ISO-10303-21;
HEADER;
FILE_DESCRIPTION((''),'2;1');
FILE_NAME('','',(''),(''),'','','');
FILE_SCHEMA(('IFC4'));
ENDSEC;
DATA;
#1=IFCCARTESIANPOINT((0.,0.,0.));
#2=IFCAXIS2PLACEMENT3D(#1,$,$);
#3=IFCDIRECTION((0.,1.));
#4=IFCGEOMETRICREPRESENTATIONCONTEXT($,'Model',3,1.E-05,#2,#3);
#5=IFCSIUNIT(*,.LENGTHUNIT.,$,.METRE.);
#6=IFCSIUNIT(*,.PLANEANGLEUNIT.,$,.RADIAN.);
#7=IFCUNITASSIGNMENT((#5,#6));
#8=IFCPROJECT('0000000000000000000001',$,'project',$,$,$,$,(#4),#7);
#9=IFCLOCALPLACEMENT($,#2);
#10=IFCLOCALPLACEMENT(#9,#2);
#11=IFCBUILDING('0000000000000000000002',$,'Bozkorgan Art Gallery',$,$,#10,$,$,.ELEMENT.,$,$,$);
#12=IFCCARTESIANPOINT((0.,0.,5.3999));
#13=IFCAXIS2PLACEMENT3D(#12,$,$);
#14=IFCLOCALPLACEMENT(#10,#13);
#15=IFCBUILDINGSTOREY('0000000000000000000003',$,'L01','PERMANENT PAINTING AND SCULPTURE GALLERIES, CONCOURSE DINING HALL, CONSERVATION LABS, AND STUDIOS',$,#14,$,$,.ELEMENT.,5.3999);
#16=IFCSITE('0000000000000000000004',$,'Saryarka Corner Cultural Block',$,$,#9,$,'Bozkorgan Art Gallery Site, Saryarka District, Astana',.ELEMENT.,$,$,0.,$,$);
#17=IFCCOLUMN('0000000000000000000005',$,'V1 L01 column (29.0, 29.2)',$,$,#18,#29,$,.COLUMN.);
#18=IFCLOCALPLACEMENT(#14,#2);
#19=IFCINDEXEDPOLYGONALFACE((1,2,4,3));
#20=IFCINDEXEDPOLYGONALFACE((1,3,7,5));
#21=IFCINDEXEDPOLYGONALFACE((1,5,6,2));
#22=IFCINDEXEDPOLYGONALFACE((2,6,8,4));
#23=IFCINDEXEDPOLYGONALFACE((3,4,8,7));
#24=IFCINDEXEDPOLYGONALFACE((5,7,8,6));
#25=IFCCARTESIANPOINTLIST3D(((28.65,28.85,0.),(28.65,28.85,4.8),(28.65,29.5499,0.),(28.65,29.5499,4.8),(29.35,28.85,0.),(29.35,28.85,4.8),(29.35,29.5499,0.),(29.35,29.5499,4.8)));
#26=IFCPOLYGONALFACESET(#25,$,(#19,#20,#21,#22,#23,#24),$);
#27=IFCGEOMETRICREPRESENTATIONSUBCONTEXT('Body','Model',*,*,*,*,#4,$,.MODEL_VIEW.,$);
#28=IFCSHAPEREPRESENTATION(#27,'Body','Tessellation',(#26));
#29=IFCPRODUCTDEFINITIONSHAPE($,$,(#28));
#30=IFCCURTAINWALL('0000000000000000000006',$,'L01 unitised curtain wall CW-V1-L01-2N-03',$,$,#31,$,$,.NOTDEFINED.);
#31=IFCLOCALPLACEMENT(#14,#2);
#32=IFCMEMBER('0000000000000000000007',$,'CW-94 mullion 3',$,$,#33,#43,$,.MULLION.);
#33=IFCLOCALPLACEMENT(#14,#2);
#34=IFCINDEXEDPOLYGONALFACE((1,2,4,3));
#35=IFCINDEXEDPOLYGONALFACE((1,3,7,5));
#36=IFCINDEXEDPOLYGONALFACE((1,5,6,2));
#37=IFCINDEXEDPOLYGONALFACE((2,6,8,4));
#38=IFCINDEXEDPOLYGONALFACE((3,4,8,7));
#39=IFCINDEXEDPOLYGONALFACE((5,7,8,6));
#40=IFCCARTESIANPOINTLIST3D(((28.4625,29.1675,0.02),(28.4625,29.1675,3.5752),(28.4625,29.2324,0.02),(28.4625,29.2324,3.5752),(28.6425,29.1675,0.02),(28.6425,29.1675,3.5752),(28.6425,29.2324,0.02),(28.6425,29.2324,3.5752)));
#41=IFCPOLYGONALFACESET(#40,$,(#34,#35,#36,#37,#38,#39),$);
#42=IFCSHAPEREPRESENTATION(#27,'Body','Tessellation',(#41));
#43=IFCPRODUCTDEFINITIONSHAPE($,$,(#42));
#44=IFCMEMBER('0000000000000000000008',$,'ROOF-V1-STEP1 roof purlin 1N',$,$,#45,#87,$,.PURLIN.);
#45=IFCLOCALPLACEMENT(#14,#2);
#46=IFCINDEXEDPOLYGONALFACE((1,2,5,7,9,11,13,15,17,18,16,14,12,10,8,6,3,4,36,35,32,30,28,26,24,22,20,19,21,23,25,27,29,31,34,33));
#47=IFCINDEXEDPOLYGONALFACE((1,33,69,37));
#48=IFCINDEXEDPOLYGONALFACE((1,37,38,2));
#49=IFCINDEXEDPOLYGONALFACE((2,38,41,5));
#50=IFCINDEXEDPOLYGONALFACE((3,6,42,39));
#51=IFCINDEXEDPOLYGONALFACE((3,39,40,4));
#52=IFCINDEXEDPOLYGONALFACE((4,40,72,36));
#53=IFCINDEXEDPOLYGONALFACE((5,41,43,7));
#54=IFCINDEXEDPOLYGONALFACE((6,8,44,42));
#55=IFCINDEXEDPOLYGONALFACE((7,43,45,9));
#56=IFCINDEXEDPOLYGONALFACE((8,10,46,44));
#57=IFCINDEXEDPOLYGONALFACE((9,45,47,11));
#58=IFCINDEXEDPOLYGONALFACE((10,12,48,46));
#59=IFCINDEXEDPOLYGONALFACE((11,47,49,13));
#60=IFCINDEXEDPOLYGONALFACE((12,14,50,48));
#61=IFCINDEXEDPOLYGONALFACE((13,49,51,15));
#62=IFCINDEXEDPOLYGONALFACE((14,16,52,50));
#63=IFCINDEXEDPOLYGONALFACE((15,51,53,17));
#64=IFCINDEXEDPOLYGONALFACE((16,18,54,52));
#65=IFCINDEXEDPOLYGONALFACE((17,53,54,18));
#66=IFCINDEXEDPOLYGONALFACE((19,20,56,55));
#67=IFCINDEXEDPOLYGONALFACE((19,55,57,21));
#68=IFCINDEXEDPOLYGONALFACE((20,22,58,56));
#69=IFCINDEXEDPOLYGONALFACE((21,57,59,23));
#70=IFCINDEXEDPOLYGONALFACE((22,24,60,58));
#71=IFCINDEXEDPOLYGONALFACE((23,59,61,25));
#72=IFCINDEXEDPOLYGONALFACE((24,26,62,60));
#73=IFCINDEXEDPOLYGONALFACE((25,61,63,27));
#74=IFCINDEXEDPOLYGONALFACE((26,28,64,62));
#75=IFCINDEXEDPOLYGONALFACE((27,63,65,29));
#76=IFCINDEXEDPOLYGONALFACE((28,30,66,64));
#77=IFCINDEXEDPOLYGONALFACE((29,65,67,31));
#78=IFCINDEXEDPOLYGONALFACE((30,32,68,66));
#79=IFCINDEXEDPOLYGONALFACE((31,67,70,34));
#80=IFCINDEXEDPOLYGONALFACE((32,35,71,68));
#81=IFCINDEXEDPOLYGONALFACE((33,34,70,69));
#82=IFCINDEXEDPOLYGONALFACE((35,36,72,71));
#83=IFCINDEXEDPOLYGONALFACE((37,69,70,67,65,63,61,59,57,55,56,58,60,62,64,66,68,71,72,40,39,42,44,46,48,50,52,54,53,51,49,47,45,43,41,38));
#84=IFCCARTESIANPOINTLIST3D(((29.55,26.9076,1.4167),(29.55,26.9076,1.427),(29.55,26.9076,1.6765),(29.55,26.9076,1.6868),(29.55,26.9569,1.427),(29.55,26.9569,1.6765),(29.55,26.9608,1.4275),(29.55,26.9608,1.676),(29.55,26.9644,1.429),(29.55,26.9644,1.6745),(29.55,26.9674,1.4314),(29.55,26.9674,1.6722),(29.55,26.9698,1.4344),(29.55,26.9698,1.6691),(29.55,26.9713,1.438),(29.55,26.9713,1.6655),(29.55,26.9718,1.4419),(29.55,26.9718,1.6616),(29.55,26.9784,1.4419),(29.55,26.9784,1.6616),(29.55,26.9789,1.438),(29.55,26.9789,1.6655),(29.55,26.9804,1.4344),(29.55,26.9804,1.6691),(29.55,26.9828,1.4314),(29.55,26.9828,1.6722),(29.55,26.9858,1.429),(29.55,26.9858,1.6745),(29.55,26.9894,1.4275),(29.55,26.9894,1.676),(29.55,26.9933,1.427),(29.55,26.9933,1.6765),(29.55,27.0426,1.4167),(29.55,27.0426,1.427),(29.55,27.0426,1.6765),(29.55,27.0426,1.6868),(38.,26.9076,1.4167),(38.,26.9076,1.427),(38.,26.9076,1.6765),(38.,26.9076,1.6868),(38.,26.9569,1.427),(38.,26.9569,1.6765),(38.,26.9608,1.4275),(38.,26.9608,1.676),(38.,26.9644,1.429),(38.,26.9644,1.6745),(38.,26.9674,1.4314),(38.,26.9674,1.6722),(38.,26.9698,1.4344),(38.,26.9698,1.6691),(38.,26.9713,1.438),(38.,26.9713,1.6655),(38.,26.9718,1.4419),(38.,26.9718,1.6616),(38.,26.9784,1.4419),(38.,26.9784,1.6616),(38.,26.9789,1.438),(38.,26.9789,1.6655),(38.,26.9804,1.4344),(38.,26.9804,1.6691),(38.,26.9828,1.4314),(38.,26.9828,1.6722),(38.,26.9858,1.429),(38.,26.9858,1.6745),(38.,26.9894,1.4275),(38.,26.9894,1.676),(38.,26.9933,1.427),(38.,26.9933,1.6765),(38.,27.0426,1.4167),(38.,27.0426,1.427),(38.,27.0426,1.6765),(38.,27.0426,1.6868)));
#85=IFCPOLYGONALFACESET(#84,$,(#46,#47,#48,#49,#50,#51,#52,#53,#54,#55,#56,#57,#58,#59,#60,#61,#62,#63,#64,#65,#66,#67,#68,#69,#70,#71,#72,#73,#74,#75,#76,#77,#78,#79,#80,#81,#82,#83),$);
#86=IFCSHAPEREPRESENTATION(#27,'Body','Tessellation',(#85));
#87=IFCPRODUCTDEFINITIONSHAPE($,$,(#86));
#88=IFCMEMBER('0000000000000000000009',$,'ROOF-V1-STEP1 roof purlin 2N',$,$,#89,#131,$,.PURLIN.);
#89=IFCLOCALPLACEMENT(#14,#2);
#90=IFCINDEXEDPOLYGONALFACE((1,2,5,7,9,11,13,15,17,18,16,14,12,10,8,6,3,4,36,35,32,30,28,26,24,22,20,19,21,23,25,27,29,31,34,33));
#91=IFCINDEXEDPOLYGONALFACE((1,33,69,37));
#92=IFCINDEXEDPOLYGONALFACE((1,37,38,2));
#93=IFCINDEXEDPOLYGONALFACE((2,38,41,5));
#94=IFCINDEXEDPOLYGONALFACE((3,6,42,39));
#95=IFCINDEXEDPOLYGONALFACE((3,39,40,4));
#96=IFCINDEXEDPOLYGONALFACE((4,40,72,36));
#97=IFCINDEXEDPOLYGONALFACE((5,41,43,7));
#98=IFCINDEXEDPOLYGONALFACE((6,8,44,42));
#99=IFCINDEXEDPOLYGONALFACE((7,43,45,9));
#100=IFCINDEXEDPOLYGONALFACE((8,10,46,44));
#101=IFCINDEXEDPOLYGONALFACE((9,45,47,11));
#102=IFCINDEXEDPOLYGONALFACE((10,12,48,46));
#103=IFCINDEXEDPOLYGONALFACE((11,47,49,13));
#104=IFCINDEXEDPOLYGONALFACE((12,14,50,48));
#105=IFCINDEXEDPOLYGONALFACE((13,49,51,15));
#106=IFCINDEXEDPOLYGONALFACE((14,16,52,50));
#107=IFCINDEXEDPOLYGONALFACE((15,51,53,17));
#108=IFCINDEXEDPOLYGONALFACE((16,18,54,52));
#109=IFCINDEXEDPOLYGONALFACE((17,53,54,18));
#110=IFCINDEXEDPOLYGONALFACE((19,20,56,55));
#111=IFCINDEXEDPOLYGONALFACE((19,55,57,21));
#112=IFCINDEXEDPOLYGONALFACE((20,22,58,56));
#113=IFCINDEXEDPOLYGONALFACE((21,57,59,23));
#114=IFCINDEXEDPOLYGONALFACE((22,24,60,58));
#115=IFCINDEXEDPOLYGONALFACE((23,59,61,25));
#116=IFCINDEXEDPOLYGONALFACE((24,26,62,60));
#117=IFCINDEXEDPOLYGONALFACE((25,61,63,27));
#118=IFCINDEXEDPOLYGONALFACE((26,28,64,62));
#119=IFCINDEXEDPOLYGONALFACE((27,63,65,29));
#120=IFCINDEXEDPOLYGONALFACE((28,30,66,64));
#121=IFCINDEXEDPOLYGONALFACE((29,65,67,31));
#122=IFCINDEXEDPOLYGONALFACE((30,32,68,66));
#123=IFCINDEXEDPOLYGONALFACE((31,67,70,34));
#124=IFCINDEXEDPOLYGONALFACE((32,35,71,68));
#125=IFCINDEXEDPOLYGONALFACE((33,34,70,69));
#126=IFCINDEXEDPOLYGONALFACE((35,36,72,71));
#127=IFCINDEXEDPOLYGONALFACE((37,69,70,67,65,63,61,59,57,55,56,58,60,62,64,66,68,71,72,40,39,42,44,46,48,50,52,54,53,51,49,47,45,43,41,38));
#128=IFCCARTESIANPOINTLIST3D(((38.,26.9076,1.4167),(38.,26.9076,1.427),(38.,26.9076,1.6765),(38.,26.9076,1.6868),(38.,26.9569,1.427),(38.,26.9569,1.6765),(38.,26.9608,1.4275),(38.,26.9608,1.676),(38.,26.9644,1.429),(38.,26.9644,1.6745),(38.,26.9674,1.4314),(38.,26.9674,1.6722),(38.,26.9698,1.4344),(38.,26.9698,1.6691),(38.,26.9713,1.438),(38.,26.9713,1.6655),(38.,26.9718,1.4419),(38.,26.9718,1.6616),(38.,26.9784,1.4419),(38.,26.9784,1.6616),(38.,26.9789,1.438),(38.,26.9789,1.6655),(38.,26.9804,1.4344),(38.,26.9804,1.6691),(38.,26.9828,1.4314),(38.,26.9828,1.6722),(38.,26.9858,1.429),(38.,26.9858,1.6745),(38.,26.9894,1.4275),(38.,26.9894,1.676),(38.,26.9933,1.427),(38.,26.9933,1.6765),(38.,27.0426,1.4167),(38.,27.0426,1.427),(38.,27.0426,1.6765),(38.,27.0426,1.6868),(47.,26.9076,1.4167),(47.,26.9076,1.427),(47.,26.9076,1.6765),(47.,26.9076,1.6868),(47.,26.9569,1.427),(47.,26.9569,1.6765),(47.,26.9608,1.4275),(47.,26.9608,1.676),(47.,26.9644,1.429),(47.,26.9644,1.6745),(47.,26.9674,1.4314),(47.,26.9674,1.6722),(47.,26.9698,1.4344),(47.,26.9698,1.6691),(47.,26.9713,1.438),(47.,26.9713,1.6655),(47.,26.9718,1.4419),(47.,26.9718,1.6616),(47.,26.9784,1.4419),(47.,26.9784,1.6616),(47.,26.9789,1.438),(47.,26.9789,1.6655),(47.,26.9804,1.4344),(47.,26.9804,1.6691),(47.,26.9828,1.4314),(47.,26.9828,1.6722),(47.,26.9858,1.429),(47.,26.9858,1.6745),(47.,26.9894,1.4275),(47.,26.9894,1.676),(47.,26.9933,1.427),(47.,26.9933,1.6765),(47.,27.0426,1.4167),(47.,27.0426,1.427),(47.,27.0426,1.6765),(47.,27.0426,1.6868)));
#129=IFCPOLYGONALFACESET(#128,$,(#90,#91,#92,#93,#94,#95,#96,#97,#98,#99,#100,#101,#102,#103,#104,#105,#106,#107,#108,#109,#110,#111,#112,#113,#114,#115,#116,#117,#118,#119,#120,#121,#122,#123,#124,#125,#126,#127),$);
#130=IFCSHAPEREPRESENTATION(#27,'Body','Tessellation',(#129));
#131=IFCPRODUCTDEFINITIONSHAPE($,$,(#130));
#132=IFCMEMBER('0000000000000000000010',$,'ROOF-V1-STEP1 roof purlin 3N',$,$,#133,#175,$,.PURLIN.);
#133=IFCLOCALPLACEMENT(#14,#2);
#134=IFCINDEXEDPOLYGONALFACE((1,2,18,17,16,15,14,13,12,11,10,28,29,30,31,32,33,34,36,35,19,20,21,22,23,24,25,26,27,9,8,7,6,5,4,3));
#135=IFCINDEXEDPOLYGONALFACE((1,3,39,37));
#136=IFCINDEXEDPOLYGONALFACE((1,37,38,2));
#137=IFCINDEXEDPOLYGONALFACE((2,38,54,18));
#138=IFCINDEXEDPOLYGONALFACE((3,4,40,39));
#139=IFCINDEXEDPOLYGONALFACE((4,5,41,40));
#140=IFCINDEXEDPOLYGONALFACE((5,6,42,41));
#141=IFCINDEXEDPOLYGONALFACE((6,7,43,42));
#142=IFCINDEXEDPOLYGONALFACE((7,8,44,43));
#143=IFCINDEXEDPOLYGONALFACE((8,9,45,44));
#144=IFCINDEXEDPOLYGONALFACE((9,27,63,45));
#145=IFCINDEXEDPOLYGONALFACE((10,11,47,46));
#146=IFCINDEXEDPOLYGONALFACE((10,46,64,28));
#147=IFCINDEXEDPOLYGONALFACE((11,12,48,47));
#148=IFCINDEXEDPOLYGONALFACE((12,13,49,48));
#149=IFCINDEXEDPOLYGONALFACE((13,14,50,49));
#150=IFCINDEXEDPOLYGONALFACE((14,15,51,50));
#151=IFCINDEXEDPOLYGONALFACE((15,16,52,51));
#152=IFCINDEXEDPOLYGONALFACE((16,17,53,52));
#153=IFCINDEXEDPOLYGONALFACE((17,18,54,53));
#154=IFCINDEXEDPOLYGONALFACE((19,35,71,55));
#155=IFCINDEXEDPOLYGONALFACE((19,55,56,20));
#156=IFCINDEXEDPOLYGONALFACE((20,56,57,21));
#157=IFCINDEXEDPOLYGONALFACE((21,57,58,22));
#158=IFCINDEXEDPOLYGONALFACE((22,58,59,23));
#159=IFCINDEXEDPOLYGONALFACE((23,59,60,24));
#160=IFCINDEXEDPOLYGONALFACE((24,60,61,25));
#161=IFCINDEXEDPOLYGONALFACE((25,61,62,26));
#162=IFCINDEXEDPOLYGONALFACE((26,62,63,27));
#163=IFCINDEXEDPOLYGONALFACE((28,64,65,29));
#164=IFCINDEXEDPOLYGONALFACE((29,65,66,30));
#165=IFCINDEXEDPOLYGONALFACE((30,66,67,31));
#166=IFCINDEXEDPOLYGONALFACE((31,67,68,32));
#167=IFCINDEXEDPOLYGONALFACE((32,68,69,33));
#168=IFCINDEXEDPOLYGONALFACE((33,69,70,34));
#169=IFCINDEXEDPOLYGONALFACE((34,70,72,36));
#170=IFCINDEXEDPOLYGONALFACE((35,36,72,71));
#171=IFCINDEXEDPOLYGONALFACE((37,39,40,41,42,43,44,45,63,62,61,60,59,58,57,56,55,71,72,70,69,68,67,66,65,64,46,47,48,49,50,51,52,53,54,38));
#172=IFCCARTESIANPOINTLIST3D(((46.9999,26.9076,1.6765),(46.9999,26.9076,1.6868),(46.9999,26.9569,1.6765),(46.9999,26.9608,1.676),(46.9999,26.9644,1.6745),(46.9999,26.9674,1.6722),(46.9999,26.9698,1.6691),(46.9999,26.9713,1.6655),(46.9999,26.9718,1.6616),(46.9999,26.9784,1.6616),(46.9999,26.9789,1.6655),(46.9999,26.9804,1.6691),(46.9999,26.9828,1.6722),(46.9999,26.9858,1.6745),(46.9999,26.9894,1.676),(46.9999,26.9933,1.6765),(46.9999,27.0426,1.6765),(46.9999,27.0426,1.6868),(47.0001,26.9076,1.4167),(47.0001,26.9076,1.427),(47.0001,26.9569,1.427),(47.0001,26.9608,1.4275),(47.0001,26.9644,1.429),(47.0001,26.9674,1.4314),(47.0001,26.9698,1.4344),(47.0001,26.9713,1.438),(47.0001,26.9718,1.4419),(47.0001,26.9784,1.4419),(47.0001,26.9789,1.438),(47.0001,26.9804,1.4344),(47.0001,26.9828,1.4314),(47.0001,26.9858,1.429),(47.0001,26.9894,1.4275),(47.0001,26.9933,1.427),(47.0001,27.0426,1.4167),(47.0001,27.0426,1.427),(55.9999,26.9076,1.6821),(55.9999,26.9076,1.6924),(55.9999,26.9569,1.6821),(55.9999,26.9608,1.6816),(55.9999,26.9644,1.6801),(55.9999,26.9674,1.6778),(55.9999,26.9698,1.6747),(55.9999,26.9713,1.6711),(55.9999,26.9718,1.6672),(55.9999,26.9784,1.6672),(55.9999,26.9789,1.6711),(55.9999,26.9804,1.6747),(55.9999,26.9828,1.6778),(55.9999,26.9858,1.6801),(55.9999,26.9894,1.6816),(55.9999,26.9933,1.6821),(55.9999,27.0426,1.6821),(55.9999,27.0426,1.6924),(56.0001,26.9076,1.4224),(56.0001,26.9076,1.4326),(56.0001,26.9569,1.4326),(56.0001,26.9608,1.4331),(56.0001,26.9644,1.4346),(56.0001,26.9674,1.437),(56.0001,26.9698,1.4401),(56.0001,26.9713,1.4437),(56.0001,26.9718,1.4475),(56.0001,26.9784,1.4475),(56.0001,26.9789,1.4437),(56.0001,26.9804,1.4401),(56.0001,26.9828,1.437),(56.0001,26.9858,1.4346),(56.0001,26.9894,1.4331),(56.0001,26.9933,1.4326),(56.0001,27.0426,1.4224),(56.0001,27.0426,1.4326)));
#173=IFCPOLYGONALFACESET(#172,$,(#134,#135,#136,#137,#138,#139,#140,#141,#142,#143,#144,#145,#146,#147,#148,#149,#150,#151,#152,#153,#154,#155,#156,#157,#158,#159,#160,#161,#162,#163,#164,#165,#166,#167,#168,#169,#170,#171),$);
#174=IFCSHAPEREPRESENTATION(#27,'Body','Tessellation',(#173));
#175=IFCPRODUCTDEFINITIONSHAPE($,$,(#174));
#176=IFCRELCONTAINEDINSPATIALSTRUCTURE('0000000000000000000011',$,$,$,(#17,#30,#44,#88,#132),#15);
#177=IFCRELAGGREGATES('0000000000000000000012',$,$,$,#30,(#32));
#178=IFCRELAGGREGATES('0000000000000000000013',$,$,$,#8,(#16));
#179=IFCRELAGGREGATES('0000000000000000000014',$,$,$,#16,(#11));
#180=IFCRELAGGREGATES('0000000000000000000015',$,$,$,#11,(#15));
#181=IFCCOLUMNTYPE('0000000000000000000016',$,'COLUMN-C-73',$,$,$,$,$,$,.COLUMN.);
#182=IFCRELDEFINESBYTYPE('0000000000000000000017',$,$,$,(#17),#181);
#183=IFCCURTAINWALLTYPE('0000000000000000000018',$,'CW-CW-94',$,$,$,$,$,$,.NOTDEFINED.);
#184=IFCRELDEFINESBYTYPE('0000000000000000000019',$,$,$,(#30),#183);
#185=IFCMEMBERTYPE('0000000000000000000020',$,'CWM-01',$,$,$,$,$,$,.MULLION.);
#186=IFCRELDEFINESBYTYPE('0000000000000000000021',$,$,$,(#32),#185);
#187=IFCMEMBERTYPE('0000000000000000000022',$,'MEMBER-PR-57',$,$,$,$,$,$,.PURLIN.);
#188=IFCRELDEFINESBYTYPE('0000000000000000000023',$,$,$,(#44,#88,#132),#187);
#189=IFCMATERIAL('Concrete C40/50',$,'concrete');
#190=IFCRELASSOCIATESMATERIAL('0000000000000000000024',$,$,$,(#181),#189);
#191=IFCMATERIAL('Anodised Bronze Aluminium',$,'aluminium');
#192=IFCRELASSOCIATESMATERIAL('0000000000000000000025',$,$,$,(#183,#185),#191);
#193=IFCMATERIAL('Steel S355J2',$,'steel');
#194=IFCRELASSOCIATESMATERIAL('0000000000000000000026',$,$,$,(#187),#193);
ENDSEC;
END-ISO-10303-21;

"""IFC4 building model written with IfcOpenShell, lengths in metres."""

from ifc_helpers import new_model, si_unit, direction, frame, origin, origin_2d, place, context, subcontext, project, spatial, rectangle, i_section, extrude, material, material_profile, profile_set, type_object, element, aggregate, save


model = new_model("IFC4")

# Units and contexts
model_context = context("Model", 3, precision=1e-05, world=origin(), true_north=direction((0.0, 1.0)))
body_context = subcontext(model_context, "Body", "Model", "MODEL_VIEW")
ifc_project = project(units=[si_unit("LENGTHUNIT", "METRE"), si_unit("PLANEANGLEUNIT", "RADIAN")], contexts=[model_context])

# Site, building, storey
site_placement = place(None, origin())
site = spatial("IfcSite", under=ifc_project, at=site_placement, Name="Saryarka Corner Cultural Block", LongName="Bozkorgan Art Gallery Site, Saryarka District, Astana", CompositionType="ELEMENT", RefElevation=0.0)
building_placement = place(site_placement, origin())
building = spatial("IfcBuilding", under=site, at=building_placement, Name="Bozkorgan Art Gallery", CompositionType="ELEMENT")
storey_placement = place(building_placement, frame((0.0, 0.0, 5.3999)))
storey = spatial("IfcBuildingStorey", under=building, at=storey_placement, Name="L01", Description="PERMANENT PAINTING AND SCULPTURE GALLERIES, CONCOURSE DINING HALL, CONSERVATION LABS, AND STUDIOS", CompositionType="ELEMENT", Elevation=5.3999)

# Column
ifc_material_1 = material(Name="Concrete C40/50", Category="concrete")
ifc_material_profile_1 = material_profile(ifc_material_1, rectangle(XDim=0.7, YDim=0.7, at=origin_2d()), Name="RC 700x700")
ifc_profile_set_1 = profile_set([ifc_material_profile_1], Name="Concrete C40/50")
column_type = type_object("IfcColumnType", Name="COLUMN-C-73", PredefinedType="COLUMN", material=ifc_profile_set_1)
column_placement = place(storey_placement, frame((29.0, 29.2, 0.0), z_axis=(0.0, 0.0, 1.0), x_axis=(1.0, 0.0, 0.0)))
element("IfcColumn", 1, at=column_placement, inside=storey, type_object=column_type, Name="V1 L01 column (29.0, 29.2)", PredefinedType="COLUMN", context=body_context, shape_type="SweptSolid", body=[
    extrude(rectangle(XDim=0.7, YDim=0.7, at=origin_2d()), origin(), (0.0, 0.0, 1.0), 4.8),
])

# Curtain wall, member
ifc_material_2 = material(Name="Anodised Bronze Aluminium", Category="aluminium")
curtain_wall_type = type_object("IfcCurtainWallType", Name="CW-CW-94", PredefinedType="NOTDEFINED", material=ifc_material_2)
curtain_wall_placement = place(storey_placement, origin())
curtain_wall = element("IfcCurtainWall", 2, at=curtain_wall_placement, inside=storey, type_object=curtain_wall_type, Name="L01 unitised curtain wall CW-V1-L01-2N-03", PredefinedType="NOTDEFINED")
ifc_material_profile_2 = material_profile(ifc_material_2, rectangle(XDim=0.0649, YDim=0.1799, at=origin_2d()), Name="ALU MULLION 65x180")
ifc_profile_set_2 = profile_set([ifc_material_profile_2], Name="Anodised Bronze Aluminium")
member_type_1 = type_object("IfcMemberType", Name="CWM-01", PredefinedType="MULLION", material=ifc_profile_set_2)
member_1_placement = place(storey_placement, frame((28.5525, 29.2, 0.02), z_axis=(0.0, 0.0, 1.0), x_axis=(0.0, 1.0, 0.0)))
member_1 = element("IfcMember", 3, at=member_1_placement, type_object=member_type_1, Name="CW-94 mullion 3", PredefinedType="MULLION", context=body_context, shape_type="SweptSolid", body=[
    extrude(rectangle(XDim=0.0649, YDim=0.1799, at=origin_2d()), origin(), (0.0, 0.0, 1.0), 3.5552),
])

# Members
ifc_material_3 = material(Name="Steel S355J2", Category="steel")
ifc_material_profile_3 = material_profile(ifc_material_3, i_section(OverallWidth=0.135, OverallDepth=0.27, WebThickness=0.0066, FlangeThickness=0.0103, FilletRadius=0.0149, at=origin_2d()), Name="IPE 270")
ifc_profile_set_3 = profile_set([ifc_material_profile_3], Name="Steel S355J2")
member_type_2 = type_object("IfcMemberType", Name="MEMBER-PR-57", PredefinedType="PURLIN", material=ifc_profile_set_3)
member_2_placement = place(storey_placement, frame((29.55, 26.9751, 1.5518), z_axis=(1.0, 0.0, 0.0), x_axis=(0.0, 1.0, 0.0)))
element("IfcMember", 4, at=member_2_placement, inside=storey, type_object=member_type_2, Name="ROOF-V1-STEP1 roof purlin 1N", PredefinedType="PURLIN", context=body_context, shape_type="SweptSolid", body=[
    extrude(i_section(OverallWidth=0.135, OverallDepth=0.27, WebThickness=0.0066, FlangeThickness=0.0103, FilletRadius=0.0149, at=origin_2d()), origin(), (0.0, 0.0, 1.0), 8.45),
])
for number, where, z_axis, x_axis, name in (
    (5, (38.0, 26.9751, 1.5518), (1.0, 0.0, 0.0), (0.0, 1.0, 0.0), "ROOF-V1-STEP1 roof purlin 2N"),
    (6, (47.0, 26.9751, 1.5518), (1.0, 0.0, 0.000624), (0.0, 1.0, 0.0), "ROOF-V1-STEP1 roof purlin 3N"),
):
    element("IfcMember", number, at=place(storey_placement, frame(where, z_axis=z_axis, x_axis=x_axis)), inside=storey, type_object=member_type_2, Name=name, PredefinedType="PURLIN", context=body_context, shape_type="SweptSolid", body=[
        extrude(i_section(OverallWidth=0.135, OverallDepth=0.27, WebThickness=0.0066, FlangeThickness=0.0103, FilletRadius=0.0149, at=origin_2d()), origin(), (0.0, 0.0, 1.0), 9.0),
    ])

aggregate(curtain_wall, [member_1])

save(model, "model.ifc")
